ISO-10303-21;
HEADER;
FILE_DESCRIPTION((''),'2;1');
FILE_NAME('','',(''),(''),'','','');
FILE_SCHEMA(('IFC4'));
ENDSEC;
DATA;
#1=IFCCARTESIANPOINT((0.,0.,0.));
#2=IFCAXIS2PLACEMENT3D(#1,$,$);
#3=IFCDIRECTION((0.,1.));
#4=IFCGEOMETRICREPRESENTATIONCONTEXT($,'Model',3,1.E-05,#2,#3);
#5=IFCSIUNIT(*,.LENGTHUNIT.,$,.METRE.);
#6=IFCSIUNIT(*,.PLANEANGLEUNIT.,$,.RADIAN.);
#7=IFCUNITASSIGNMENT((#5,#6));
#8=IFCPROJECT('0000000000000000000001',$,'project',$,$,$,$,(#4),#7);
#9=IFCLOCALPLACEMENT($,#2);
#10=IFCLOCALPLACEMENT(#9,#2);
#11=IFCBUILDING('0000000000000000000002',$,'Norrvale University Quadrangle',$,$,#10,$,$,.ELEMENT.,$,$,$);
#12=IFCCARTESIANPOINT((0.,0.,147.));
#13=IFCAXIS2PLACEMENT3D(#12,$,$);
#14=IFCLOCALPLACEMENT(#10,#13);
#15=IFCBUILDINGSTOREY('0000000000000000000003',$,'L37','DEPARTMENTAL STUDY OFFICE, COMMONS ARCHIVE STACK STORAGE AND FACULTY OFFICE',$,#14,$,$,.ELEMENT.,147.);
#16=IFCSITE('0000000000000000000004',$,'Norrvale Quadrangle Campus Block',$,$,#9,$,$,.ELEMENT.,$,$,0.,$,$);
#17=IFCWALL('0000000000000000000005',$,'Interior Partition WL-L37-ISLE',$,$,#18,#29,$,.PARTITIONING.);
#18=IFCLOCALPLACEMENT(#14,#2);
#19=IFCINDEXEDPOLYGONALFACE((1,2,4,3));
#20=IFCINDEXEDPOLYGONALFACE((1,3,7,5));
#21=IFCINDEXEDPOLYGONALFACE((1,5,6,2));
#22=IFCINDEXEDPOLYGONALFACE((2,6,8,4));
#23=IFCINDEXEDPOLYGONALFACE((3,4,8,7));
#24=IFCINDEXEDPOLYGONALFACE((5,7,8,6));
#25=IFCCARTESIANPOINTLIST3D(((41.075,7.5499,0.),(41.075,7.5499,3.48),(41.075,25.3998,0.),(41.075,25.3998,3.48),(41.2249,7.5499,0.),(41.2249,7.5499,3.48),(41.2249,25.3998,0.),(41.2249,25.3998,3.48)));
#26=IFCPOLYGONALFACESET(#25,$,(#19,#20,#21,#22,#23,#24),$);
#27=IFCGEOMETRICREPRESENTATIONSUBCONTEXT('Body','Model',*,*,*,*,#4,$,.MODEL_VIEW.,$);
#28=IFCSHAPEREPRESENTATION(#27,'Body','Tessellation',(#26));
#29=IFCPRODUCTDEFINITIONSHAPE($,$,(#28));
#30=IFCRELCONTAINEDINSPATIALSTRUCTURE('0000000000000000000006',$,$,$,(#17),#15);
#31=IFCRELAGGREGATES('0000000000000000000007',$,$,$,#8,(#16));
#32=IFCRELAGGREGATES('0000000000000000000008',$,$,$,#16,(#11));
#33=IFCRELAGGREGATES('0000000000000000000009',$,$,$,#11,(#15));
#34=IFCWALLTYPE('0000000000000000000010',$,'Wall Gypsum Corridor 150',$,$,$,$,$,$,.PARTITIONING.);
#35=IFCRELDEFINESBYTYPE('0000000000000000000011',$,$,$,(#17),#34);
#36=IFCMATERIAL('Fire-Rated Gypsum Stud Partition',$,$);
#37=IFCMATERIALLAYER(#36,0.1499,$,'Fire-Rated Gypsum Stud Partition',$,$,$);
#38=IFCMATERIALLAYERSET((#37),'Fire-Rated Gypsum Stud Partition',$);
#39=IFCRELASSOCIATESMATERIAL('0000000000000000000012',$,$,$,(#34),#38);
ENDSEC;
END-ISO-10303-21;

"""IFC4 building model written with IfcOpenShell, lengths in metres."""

from ifc_helpers import new_model, si_unit, direction, frame, frame_2d, origin, place, context, subcontext, project, spatial, rectangle, extrude, material, layer, layer_set, type_object, element, save


model = new_model("IFC4")

# Units and contexts
model_context = context("Model", 3, precision=1e-05, world=origin(), true_north=direction((0.0, 1.0)))
body_context = subcontext(model_context, "Body", "Model", "MODEL_VIEW")
ifc_project = project(units=[si_unit("LENGTHUNIT", "METRE"), si_unit("PLANEANGLEUNIT", "RADIAN")], contexts=[model_context])

# Site, building, storey
site_placement = place(None, origin())
site = spatial("IfcSite", under=ifc_project, at=site_placement, Name="Norrvale Quadrangle Campus Block", CompositionType="ELEMENT", RefElevation=0.0)
building_placement = place(site_placement, origin())
building = spatial("IfcBuilding", under=site, at=building_placement, Name="Norrvale University Quadrangle", CompositionType="ELEMENT")
storey_placement = place(building_placement, frame((0.0, 0.0, 147.0)))
storey = spatial("IfcBuildingStorey", under=building, at=storey_placement, Name="L37", Description="DEPARTMENTAL STUDY OFFICE, COMMONS ARCHIVE STACK STORAGE AND FACULTY OFFICE", CompositionType="ELEMENT", Elevation=147.0)

# Shared definitions
ifc_material_1 = material(Name="Fire-Rated Gypsum Stud Partition")
ifc_layer_1 = layer(ifc_material_1, 0.1499, Name="Fire-Rated Gypsum Stud Partition")
ifc_layer_set_1 = layer_set([ifc_layer_1], Name="Fire-Rated Gypsum Stud Partition")
wall_type_1 = type_object("IfcWallType", Name="Wall Gypsum Corridor 150", PredefinedType="PARTITIONING", material=ifc_layer_set_1)

# Wall
wall_1_placement = place(storey_placement, frame((41.1499, 7.55, 0.0), z_axis=(0.0, 0.0, 1.0), x_axis=(0.0, 1.0, 0.0)))
element("IfcWall", 1, at=wall_1_placement, inside=storey, type_object=wall_type_1, Name="Interior Partition WL-L37-ISLE", PredefinedType="PARTITIONING", context=body_context, shape_type="SweptSolid", body=[
    extrude(rectangle(XDim=17.8499, YDim=0.1499, at=frame_2d((8.9248, 0.0))), origin(), (0.0, 0.0, 1.0), 3.48),
])

save(model, "model.ifc")
